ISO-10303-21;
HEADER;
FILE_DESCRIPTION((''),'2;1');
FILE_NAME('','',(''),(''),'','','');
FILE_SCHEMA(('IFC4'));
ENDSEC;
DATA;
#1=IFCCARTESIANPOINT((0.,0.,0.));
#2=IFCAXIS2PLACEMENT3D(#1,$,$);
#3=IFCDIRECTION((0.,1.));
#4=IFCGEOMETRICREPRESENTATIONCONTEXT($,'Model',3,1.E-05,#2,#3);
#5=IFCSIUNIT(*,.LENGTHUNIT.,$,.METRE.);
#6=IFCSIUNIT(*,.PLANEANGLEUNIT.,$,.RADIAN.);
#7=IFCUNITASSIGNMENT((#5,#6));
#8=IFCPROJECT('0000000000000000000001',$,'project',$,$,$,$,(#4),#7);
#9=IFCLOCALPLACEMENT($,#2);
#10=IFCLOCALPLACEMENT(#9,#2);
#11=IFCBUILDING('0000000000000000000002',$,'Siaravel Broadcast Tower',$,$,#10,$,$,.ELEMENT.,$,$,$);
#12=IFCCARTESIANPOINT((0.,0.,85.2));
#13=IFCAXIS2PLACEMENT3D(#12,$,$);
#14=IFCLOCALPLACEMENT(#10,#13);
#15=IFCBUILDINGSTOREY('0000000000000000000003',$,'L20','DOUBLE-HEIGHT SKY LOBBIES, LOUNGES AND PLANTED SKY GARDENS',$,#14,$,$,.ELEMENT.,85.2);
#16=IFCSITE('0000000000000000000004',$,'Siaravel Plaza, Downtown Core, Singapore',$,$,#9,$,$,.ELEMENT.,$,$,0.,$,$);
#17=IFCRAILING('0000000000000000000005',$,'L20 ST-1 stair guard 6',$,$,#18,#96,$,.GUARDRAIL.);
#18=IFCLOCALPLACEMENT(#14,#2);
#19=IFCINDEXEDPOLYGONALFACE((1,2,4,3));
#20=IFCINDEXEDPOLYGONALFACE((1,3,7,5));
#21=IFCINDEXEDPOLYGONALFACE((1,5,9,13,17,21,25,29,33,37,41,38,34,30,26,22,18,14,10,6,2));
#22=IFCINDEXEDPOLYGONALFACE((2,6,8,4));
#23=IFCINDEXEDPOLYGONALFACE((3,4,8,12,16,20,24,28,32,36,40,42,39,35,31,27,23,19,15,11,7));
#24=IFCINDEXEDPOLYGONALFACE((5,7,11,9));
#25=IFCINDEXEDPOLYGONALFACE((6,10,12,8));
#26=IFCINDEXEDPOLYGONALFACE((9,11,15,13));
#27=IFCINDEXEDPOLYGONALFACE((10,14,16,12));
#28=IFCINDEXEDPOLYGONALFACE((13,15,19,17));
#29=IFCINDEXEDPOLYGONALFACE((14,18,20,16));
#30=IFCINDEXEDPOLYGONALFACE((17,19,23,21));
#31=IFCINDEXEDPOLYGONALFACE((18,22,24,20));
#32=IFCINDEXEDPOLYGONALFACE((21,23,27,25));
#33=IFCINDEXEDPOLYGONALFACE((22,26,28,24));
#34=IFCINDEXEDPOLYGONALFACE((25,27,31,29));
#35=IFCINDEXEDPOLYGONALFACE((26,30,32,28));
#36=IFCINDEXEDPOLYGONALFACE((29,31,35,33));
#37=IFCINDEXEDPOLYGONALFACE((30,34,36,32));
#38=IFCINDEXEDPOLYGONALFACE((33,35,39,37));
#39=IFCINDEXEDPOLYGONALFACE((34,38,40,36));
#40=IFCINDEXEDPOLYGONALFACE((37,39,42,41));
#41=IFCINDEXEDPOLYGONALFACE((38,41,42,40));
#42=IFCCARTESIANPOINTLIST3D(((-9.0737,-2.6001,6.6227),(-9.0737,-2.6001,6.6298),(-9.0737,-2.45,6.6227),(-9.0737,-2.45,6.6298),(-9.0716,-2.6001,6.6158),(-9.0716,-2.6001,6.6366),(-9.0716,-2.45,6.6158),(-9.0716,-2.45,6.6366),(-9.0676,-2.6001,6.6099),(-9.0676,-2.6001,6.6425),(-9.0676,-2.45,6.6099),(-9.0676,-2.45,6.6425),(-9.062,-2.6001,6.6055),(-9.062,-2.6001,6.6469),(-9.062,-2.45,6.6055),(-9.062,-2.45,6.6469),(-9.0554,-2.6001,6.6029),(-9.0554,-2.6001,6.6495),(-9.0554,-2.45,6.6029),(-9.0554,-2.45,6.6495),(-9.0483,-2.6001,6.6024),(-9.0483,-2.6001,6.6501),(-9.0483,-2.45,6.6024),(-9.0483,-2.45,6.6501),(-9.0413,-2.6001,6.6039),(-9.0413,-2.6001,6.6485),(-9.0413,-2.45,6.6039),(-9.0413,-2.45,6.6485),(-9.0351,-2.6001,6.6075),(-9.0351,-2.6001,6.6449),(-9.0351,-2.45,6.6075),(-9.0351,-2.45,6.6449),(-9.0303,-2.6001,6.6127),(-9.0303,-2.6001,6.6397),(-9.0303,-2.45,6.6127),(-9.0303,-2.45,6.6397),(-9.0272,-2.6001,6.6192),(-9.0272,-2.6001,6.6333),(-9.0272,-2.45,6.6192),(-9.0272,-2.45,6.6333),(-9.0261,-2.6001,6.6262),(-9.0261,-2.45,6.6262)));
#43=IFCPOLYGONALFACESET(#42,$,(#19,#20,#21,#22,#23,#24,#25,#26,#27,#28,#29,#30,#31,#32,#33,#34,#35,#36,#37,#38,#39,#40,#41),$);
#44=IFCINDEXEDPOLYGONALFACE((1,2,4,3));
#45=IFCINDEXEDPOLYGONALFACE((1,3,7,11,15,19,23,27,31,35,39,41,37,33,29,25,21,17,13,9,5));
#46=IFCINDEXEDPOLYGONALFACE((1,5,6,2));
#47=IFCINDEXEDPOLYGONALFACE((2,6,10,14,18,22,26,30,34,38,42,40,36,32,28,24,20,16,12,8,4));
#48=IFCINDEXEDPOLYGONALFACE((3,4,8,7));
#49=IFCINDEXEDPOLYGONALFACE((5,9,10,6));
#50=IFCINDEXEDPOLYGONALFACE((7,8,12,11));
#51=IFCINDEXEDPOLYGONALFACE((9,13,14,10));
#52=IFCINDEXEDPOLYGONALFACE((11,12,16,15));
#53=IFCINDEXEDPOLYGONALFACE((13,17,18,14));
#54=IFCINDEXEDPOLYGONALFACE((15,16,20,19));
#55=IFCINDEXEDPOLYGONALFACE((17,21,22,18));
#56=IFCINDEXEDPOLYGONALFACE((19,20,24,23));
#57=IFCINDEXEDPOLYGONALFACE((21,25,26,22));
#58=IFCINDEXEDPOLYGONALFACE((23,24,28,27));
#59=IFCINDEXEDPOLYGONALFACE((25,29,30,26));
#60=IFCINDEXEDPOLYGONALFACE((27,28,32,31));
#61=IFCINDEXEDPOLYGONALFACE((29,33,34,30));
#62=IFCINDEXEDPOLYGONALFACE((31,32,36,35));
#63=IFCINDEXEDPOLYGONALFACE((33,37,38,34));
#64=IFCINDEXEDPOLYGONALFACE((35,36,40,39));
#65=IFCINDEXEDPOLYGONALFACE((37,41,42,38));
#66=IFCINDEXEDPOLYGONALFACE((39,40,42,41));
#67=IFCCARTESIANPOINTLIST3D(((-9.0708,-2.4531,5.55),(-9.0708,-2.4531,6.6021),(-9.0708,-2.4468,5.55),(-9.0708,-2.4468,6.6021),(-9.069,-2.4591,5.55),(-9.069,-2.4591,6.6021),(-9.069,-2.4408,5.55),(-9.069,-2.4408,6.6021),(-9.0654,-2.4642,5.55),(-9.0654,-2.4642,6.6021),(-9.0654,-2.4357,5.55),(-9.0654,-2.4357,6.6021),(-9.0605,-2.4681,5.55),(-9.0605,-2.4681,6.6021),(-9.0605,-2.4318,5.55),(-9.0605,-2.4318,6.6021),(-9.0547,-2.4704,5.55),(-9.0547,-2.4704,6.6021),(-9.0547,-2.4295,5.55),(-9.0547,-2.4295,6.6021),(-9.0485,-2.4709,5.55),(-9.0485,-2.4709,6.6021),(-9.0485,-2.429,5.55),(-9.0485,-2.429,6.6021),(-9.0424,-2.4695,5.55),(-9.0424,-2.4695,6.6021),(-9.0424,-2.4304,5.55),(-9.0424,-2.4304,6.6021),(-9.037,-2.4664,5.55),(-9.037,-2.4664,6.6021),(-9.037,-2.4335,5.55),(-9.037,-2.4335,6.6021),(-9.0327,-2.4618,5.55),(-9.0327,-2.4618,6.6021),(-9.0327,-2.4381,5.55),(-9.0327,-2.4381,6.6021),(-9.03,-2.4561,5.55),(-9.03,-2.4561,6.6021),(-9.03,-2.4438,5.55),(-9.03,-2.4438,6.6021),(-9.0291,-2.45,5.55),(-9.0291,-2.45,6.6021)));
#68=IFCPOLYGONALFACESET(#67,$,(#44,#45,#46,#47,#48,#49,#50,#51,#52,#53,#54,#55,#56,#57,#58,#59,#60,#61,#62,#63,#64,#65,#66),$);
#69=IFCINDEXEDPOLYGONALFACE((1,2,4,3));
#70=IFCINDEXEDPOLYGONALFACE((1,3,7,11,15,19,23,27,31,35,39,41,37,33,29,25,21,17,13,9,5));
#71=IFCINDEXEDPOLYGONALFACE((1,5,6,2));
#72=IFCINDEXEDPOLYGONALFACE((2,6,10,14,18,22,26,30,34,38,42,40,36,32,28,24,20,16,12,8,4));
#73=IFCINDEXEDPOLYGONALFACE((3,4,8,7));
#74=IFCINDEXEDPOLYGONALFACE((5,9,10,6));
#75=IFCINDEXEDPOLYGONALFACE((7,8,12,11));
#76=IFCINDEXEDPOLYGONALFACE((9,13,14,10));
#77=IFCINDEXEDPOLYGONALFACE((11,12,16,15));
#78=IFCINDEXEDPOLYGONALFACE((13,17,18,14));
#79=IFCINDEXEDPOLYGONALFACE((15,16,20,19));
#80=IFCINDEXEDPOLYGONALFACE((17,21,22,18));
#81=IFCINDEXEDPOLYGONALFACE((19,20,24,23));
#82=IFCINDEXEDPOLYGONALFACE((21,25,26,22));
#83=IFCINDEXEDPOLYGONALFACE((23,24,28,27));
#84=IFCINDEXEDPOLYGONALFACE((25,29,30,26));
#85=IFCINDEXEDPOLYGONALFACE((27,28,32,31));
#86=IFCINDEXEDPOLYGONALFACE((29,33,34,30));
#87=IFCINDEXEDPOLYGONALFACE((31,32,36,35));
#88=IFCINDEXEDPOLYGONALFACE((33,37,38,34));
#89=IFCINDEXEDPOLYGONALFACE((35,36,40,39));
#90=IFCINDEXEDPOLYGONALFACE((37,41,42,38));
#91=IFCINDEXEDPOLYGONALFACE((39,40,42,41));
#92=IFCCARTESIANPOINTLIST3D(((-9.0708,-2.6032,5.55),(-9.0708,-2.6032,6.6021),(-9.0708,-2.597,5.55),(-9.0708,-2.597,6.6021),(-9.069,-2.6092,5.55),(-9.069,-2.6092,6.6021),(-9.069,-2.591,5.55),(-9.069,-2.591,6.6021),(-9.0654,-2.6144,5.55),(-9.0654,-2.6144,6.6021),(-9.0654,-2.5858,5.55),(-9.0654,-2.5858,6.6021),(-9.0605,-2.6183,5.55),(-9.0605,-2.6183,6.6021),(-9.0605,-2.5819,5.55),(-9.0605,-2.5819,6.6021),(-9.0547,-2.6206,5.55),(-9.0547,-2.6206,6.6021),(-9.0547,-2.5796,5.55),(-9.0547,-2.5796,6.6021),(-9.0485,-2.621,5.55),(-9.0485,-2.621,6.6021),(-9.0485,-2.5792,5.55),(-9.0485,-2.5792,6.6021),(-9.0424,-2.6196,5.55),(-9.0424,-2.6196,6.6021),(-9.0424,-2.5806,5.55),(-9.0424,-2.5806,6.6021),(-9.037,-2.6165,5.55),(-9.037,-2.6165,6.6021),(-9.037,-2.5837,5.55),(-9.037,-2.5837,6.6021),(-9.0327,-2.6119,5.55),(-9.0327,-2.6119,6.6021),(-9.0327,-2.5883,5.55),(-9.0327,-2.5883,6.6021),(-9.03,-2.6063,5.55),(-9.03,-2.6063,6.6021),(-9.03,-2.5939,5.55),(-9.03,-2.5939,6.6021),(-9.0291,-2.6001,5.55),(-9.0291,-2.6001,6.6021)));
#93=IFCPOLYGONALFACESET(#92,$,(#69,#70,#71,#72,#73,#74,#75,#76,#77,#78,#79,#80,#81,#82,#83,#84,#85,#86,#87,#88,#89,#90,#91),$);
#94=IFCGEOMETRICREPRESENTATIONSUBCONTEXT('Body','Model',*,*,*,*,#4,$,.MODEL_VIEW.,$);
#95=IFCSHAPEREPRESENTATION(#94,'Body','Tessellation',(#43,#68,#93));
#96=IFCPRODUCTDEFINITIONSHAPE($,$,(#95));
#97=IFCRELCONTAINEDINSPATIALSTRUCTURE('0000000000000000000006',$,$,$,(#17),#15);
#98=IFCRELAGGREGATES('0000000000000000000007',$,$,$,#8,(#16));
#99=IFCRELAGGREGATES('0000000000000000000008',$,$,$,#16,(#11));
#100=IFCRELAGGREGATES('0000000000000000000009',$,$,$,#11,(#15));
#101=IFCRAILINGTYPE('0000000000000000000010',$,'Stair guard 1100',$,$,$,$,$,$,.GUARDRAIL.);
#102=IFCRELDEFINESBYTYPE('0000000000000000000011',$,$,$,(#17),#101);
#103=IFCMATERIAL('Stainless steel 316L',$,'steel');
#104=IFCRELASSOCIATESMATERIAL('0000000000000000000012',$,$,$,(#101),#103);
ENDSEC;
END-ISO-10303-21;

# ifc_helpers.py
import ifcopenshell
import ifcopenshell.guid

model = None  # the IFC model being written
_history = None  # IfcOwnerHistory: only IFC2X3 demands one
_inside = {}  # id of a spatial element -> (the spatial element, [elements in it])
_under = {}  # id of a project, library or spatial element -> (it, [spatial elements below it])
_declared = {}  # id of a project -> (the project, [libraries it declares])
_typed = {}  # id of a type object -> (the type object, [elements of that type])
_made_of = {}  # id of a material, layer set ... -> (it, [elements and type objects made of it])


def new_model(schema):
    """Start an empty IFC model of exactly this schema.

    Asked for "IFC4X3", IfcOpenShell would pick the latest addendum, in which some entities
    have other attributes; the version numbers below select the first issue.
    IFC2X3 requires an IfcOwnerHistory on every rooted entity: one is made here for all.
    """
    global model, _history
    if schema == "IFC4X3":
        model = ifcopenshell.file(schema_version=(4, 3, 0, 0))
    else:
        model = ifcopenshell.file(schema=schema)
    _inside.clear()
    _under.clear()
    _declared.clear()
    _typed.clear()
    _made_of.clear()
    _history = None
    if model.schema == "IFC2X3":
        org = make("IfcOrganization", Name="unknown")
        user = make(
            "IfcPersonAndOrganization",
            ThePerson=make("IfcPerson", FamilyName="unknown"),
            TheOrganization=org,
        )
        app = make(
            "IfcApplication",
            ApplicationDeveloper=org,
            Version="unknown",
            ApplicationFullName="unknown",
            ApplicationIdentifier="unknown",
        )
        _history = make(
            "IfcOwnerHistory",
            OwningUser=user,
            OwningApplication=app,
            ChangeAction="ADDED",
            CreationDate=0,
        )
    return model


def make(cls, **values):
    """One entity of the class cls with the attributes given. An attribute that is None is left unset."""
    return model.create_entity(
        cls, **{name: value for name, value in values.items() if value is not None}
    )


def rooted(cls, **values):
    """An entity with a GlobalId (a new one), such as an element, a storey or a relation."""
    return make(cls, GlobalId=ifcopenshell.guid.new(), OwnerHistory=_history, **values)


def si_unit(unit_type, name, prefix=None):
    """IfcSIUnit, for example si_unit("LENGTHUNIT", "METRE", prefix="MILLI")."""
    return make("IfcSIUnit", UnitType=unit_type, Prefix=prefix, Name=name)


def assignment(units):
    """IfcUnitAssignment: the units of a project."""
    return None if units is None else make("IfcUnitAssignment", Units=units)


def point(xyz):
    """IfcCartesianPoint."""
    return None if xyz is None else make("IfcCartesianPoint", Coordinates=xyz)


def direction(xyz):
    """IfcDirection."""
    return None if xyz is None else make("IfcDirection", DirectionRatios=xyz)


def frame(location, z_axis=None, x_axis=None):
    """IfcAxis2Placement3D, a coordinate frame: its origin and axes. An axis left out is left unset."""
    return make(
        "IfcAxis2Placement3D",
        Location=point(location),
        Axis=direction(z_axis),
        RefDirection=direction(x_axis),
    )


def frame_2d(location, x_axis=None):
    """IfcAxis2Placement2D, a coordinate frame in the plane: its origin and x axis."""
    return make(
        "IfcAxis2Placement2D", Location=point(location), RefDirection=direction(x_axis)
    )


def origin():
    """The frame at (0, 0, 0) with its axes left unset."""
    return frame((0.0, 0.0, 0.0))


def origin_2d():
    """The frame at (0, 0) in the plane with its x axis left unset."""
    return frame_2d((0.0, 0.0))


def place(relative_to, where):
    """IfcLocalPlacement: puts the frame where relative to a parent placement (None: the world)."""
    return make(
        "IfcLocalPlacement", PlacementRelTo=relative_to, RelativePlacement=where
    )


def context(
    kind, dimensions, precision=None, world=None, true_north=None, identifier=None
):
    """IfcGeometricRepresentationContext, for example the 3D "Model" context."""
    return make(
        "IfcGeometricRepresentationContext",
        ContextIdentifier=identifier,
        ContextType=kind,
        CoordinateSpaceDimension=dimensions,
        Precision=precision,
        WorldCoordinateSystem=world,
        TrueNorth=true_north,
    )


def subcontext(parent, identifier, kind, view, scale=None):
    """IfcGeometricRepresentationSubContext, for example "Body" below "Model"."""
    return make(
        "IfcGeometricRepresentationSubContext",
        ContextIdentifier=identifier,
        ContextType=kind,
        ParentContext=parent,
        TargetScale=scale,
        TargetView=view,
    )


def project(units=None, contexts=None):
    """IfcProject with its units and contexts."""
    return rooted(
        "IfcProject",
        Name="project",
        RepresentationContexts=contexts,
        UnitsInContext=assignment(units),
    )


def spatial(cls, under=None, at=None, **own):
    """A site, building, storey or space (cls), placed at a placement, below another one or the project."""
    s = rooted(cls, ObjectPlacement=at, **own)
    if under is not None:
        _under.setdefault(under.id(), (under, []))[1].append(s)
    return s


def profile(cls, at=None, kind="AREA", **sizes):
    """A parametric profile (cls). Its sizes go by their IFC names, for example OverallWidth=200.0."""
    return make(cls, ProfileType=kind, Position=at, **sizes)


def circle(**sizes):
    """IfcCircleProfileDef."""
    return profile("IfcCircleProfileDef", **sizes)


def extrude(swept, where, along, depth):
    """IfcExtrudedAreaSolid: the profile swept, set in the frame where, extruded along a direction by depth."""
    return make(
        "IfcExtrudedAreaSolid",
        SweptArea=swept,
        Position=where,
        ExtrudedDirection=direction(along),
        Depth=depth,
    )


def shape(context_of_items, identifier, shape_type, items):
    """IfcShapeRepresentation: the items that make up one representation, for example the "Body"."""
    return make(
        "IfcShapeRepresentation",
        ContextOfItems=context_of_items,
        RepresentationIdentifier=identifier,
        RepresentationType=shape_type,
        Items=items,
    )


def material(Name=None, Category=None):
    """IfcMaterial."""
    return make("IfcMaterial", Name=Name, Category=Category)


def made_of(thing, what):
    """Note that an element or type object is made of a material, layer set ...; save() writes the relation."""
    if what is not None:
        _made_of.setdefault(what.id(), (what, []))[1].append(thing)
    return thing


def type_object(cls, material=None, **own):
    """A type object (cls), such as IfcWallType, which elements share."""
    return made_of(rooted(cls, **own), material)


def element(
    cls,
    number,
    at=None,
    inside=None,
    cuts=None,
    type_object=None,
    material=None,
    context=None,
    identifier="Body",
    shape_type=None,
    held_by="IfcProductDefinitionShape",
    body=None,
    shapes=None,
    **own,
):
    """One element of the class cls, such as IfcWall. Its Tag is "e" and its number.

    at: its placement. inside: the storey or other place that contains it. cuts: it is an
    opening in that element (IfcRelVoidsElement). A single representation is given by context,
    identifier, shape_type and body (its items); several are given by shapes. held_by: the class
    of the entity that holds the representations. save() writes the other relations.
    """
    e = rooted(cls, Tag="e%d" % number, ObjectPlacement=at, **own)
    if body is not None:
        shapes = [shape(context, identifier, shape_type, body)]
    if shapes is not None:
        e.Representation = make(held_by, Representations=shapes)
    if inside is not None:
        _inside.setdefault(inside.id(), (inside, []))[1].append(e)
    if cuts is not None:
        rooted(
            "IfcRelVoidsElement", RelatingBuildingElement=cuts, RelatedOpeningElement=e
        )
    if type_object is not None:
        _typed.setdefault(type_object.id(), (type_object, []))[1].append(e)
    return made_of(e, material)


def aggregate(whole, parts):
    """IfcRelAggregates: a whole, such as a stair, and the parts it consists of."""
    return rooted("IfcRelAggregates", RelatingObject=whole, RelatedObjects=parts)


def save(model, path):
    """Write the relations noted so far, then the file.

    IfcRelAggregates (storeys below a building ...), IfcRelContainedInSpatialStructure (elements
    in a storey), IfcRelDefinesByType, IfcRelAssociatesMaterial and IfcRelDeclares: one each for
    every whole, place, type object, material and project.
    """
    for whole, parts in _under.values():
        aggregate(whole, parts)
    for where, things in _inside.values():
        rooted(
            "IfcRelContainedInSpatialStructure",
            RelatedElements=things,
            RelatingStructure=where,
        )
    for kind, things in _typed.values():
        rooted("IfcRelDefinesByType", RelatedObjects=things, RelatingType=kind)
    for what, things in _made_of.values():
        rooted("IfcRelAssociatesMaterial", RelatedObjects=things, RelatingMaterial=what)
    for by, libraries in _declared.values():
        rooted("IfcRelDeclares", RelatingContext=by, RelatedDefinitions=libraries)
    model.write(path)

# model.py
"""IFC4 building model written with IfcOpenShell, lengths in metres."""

from ifc_helpers import new_model, si_unit, direction, frame, origin, origin_2d, place, context, subcontext, project, spatial, circle, extrude, material, type_object, element, save


model = new_model("IFC4")

# Units and contexts
model_context = context("Model", 3, precision=1e-05, world=origin(), true_north=direction((0.0, 1.0)))
body_context = subcontext(model_context, "Body", "Model", "MODEL_VIEW")
ifc_project = project(units=[si_unit("LENGTHUNIT", "METRE"), si_unit("PLANEANGLEUNIT", "RADIAN")], contexts=[model_context])

# Site, building, storey
site_placement = place(None, origin())
site = spatial("IfcSite", under=ifc_project, at=site_placement, Name="Siaravel Plaza, Downtown Core, Singapore", CompositionType="ELEMENT", RefElevation=0.0)
building_placement = place(site_placement, origin())
building = spatial("IfcBuilding", under=site, at=building_placement, Name="Siaravel Broadcast Tower", CompositionType="ELEMENT")
storey_placement = place(building_placement, frame((0.0, 0.0, 85.2)))
storey = spatial("IfcBuildingStorey", under=building, at=storey_placement, Name="L20", Description="DOUBLE-HEIGHT SKY LOBBIES, LOUNGES AND PLANTED SKY GARDENS", CompositionType="ELEMENT", Elevation=85.2)

# Railing
ifc_material_1 = material(Name="Stainless steel 316L", Category="steel")
railing_type_1 = type_object("IfcRailingType", Name="Stair guard 1100", PredefinedType="GUARDRAIL", material=ifc_material_1)
railing_1_placement = place(storey_placement, frame((-9.05, -2.45, 5.55)))
element("IfcRailing", 1, at=railing_1_placement, inside=storey, type_object=railing_type_1, Name="L20 ST-1 stair guard 6", PredefinedType="GUARDRAIL", context=body_context, shape_type="SweptSolid", body=[
    extrude(circle(Radius=0.0239, at=origin_2d()), frame((0.0, 0.0, 1.0762), z_axis=(0.0, -1.0, 0.0), x_axis=(1.0, 0.0, 0.0)), (0.0, 0.0, 1.0), 0.1501),
    extrude(circle(Radius=0.021, at=origin_2d()), origin(), (0.0, 0.0, 1.0), 1.052),
    extrude(circle(Radius=0.021, at=origin_2d()), frame((0.0, -0.1501, 0.0)), (0.0, 0.0, 1.0), 1.052),
])

save(model, "model.ifc")
